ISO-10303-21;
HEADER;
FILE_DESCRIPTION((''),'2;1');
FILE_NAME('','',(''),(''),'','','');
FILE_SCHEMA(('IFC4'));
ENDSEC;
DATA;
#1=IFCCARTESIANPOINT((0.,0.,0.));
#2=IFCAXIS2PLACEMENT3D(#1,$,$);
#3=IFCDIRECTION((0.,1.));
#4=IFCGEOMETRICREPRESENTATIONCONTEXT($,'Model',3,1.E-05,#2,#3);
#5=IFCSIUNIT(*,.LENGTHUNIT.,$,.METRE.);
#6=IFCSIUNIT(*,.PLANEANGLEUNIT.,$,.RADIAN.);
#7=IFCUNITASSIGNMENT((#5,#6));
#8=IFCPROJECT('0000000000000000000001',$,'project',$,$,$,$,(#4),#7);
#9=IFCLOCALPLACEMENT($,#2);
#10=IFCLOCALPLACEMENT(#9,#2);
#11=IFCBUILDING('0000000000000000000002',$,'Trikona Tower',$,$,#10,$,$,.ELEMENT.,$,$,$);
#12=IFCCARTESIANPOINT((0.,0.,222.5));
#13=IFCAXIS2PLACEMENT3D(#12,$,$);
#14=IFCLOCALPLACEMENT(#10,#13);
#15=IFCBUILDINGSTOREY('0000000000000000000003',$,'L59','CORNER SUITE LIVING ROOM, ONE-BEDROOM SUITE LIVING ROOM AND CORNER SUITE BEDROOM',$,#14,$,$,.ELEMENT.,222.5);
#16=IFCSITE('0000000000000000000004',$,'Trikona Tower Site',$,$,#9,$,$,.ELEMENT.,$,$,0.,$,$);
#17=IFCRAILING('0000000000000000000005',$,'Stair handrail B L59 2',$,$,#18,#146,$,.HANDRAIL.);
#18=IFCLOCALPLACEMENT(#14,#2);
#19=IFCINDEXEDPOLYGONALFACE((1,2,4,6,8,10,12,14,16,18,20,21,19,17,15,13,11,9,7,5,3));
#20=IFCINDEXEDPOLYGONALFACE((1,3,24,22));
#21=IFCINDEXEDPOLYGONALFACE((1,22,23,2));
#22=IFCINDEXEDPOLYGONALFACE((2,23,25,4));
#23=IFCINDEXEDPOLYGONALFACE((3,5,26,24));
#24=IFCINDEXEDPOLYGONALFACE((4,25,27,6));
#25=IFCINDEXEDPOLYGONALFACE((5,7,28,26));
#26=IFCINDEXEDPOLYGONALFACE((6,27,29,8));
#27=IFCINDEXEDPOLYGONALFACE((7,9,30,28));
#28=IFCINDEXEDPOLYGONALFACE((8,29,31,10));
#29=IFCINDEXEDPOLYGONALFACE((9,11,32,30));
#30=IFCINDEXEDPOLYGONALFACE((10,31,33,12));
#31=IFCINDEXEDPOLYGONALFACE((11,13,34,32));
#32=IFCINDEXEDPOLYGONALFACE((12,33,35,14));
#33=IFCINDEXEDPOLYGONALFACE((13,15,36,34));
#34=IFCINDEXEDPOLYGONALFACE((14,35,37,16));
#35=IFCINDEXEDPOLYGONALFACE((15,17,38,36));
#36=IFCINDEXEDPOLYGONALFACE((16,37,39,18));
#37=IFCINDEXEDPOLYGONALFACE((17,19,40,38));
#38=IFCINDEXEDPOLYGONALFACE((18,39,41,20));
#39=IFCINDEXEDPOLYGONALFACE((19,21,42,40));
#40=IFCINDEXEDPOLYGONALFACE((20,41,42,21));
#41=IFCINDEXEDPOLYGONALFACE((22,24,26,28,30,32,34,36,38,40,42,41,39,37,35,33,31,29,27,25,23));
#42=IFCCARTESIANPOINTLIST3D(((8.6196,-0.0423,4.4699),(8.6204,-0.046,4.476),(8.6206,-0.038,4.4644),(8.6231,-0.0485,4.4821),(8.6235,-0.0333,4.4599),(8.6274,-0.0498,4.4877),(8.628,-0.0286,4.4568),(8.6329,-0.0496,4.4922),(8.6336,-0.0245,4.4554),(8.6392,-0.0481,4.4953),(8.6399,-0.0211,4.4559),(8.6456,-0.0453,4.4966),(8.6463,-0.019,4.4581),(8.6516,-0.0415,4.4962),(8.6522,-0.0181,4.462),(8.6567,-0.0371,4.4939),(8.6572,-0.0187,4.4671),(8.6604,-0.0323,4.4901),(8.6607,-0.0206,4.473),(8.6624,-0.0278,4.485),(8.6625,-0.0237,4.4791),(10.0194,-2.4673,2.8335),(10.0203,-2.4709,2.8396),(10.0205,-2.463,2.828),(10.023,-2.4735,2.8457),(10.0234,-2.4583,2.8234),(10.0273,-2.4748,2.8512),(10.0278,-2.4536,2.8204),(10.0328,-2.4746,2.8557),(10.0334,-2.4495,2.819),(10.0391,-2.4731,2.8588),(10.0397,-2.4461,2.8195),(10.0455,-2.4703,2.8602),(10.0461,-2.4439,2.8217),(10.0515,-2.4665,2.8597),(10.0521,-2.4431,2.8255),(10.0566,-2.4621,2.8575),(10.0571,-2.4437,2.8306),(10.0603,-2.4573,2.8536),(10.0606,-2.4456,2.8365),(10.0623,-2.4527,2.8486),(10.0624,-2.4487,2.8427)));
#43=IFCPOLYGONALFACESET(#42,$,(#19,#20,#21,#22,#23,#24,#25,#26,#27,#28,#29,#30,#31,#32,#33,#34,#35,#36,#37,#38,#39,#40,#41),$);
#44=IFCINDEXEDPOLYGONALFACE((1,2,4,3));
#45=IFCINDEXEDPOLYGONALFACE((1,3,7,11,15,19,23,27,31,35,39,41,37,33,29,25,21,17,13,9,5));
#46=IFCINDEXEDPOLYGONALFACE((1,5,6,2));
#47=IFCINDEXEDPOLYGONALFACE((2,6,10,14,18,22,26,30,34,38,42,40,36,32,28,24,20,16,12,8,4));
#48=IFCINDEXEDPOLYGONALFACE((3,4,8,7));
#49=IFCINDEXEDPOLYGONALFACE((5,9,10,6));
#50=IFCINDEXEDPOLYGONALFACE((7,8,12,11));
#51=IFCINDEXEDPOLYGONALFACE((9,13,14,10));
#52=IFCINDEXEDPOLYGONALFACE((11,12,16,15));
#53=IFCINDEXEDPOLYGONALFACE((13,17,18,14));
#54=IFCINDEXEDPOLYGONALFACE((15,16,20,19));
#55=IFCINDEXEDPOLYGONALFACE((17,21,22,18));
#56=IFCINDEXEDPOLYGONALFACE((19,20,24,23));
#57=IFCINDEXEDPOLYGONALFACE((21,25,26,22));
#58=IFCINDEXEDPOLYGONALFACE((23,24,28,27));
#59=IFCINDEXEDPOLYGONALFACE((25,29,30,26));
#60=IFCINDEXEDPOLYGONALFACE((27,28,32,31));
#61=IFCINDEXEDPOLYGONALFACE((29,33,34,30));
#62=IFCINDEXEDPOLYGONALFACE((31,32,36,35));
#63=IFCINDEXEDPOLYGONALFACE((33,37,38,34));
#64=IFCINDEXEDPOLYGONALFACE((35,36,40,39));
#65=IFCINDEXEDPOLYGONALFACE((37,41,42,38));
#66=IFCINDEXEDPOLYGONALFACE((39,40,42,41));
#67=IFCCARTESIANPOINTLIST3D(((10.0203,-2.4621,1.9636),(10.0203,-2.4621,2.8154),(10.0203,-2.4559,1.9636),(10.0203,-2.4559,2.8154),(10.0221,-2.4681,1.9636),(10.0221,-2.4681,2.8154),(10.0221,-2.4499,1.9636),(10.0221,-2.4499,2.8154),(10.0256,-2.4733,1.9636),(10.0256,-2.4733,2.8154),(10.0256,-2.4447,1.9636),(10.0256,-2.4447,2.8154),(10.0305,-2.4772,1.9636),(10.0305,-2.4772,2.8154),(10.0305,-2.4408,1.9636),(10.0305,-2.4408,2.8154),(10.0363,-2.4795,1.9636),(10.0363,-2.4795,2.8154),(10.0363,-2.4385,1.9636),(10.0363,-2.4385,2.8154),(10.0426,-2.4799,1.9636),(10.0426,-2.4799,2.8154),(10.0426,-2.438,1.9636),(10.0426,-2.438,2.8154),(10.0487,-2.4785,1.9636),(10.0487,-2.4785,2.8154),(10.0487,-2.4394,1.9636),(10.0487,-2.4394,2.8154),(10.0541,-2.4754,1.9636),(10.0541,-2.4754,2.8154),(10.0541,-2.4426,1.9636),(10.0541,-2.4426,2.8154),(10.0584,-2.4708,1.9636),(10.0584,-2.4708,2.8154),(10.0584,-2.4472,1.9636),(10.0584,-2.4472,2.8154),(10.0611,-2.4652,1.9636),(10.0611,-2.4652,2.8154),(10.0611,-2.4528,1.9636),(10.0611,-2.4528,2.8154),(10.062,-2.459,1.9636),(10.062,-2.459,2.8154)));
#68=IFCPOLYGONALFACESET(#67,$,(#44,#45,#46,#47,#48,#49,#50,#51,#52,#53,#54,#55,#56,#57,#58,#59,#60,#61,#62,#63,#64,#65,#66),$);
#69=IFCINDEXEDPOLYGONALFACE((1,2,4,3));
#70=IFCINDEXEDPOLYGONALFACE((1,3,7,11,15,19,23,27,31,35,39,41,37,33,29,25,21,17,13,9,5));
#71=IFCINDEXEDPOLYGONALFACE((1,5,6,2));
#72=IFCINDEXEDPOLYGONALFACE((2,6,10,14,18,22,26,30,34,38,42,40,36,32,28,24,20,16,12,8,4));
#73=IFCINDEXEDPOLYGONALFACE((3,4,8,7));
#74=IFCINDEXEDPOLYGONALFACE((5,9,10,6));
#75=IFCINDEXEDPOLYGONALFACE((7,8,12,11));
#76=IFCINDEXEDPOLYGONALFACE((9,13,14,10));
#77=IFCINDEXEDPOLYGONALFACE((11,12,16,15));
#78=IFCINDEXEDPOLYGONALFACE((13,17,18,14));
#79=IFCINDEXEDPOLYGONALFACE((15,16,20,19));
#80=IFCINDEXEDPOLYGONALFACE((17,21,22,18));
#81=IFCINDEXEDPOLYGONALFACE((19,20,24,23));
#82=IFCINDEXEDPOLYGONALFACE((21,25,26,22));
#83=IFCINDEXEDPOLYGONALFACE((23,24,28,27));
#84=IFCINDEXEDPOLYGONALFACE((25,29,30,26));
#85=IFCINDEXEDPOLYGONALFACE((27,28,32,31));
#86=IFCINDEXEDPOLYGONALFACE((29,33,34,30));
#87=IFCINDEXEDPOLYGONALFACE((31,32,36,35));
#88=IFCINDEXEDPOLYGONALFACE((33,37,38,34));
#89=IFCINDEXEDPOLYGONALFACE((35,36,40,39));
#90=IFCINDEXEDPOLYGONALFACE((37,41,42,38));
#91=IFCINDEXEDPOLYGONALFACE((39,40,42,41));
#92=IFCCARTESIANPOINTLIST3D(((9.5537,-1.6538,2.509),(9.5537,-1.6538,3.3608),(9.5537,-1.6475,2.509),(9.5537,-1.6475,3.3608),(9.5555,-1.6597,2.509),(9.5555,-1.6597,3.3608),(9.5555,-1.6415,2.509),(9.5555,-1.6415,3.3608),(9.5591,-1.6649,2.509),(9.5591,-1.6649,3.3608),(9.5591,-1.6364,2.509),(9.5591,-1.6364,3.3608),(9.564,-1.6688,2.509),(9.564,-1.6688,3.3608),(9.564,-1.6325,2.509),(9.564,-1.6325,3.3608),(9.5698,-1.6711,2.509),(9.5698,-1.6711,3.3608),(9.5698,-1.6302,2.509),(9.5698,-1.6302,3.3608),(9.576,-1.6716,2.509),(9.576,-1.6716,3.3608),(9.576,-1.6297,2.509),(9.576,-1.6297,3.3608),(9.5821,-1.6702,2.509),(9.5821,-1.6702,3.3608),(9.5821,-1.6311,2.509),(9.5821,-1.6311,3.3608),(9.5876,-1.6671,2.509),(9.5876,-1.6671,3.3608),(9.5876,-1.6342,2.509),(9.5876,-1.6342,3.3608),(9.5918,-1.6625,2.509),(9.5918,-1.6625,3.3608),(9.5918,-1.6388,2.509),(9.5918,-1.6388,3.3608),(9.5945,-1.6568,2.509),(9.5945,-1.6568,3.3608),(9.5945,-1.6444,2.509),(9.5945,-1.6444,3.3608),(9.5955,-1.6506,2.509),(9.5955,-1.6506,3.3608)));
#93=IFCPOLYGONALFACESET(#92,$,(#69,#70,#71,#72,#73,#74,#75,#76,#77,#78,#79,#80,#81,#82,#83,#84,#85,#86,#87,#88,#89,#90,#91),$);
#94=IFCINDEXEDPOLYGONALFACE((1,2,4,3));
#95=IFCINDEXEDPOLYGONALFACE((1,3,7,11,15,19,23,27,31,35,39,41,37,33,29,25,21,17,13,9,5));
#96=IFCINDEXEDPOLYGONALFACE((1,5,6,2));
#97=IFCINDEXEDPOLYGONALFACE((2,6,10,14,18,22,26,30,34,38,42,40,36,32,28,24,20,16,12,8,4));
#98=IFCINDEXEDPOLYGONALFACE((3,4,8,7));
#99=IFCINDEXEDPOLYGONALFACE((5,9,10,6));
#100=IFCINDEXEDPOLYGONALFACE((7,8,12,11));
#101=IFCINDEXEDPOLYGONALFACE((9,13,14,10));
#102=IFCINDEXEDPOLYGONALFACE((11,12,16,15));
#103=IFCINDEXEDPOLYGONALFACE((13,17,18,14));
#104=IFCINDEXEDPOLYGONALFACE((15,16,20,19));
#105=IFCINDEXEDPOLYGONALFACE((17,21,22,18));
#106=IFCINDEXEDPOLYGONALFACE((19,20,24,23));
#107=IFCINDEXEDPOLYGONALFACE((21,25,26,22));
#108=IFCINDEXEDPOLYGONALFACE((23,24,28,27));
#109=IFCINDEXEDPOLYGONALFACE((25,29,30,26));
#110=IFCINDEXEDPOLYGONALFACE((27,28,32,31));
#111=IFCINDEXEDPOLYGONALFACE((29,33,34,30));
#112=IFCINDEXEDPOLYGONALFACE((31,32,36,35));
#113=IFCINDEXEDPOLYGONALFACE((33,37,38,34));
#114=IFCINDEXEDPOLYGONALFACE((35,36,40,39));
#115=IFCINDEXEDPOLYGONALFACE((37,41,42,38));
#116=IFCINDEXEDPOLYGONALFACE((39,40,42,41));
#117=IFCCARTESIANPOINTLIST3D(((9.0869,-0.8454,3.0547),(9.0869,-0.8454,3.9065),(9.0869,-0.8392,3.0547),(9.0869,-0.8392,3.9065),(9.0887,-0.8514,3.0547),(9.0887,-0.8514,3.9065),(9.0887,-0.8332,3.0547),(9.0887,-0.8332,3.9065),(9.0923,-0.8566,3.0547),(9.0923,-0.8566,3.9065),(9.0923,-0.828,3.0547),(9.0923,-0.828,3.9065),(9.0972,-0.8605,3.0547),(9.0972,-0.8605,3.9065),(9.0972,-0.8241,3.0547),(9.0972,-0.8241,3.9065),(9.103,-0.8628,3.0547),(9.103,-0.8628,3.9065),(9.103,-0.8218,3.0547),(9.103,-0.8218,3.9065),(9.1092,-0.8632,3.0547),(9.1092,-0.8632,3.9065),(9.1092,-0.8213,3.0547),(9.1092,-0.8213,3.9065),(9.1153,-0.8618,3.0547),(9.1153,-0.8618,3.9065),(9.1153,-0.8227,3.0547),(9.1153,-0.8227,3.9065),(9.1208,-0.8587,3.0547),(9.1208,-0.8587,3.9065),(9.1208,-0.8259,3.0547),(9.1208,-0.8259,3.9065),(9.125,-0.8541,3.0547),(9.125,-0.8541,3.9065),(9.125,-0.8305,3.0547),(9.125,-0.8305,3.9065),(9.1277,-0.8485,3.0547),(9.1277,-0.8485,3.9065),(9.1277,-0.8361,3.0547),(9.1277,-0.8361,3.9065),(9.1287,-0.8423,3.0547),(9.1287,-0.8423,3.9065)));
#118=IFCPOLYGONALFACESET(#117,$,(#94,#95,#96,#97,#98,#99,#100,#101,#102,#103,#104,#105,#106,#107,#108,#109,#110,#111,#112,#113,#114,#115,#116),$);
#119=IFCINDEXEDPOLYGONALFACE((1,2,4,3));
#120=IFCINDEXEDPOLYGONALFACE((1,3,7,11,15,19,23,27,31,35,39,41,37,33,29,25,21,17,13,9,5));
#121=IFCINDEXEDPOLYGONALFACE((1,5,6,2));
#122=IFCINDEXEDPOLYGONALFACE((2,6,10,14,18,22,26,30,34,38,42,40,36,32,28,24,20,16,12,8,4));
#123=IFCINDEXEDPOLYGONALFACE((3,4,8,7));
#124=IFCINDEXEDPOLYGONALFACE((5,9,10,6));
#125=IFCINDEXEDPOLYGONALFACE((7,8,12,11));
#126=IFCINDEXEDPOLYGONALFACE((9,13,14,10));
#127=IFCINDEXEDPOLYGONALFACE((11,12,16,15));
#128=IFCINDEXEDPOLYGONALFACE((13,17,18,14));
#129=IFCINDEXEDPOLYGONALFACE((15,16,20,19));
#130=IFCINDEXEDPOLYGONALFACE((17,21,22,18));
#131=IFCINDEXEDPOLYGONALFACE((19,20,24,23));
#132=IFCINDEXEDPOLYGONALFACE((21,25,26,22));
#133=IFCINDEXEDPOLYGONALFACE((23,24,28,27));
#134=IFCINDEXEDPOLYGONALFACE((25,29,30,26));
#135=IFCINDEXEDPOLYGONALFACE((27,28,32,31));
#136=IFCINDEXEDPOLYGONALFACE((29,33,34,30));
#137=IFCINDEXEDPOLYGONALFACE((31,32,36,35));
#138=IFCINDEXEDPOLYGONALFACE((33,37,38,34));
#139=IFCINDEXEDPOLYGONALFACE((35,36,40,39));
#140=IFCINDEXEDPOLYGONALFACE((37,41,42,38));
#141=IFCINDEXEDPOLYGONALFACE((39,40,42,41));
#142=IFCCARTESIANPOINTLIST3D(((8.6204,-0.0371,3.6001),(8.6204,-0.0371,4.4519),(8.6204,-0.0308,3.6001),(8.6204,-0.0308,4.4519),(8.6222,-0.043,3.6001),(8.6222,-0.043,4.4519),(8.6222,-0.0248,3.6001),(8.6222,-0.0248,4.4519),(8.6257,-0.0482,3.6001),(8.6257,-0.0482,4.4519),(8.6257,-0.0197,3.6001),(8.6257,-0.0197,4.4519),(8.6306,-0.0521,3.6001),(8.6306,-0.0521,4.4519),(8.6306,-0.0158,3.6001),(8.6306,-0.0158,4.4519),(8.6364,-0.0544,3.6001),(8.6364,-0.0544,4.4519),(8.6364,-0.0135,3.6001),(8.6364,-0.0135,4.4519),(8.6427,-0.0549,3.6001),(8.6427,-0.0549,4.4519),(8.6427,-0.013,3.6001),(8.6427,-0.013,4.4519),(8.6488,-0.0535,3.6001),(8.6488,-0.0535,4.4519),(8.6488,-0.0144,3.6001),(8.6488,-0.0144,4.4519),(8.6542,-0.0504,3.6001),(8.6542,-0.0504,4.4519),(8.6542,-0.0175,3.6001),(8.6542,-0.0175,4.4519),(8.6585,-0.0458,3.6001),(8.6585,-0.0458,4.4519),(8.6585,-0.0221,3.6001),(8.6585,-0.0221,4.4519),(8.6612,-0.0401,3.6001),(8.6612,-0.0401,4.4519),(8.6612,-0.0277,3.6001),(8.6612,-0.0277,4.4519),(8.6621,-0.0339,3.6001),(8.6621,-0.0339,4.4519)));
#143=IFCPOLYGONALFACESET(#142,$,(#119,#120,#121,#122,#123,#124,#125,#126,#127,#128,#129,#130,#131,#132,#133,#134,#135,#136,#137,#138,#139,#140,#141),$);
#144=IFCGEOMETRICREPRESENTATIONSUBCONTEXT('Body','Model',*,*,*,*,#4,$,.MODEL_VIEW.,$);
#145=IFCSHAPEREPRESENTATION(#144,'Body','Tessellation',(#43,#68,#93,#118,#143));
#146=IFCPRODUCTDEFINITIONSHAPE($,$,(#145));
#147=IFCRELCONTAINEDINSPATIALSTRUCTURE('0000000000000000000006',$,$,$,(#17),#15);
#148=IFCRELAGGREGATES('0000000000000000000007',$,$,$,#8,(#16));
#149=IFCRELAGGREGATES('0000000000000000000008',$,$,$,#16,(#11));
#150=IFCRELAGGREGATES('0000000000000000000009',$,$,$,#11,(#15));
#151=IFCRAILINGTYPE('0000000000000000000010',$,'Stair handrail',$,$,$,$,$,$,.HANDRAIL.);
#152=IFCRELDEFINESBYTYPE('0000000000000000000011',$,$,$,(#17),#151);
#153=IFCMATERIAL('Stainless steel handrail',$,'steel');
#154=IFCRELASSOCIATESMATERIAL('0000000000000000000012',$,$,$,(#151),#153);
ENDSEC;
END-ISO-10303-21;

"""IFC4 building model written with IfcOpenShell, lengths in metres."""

from ifc_helpers import new_model, si_unit, direction, frame, origin, origin_2d, place, context, subcontext, project, spatial, circle, extrude, material, type_object, element, save


model = new_model("IFC4")

# Units and contexts
model_context = context("Model", 3, precision=1e-05, world=origin(), true_north=direction((0.0, 1.0)))
body_context = subcontext(model_context, "Body", "Model", "MODEL_VIEW")
ifc_project = project(units=[si_unit("LENGTHUNIT", "METRE"), si_unit("PLANEANGLEUNIT", "RADIAN")], contexts=[model_context])

# Site, building, storey
site_placement = place(None, origin())
site = spatial("IfcSite", under=ifc_project, at=site_placement, Name="Trikona Tower Site", CompositionType="ELEMENT", RefElevation=0.0)
building_placement = place(site_placement, origin())
building = spatial("IfcBuilding", under=site, at=building_placement, Name="Trikona Tower", CompositionType="ELEMENT")
storey_placement = place(building_placement, frame((0.0, 0.0, 222.5)))
storey = spatial("IfcBuildingStorey", under=building, at=storey_placement, Name="L59", Description="CORNER SUITE LIVING ROOM, ONE-BEDROOM SUITE LIVING ROOM AND CORNER SUITE BEDROOM", CompositionType="ELEMENT", Elevation=222.5)

# Railing
ifc_material_1 = material(Name="Stainless steel handrail", Category="steel")
railing_type = type_object("IfcRailingType", Name="Stair handrail", PredefinedType="HANDRAIL", material=ifc_material_1)
railing_placement = place(storey_placement, frame((10.041, -2.459, 1.9636)))
element("IfcRailing", 1, at=railing_placement, inside=storey, type_object=railing_type, Name="Stair handrail B L59 2", PredefinedType="HANDRAIL", context=body_context, shape_type="SweptSolid", body=[
    extrude(circle(Radius=0.0239, at=origin_2d()), frame((0.0, 0.0, 0.876), z_axis=(-0.431636, 0.747723, 0.504579), x_axis=(-0.866056, -0.499946, 0.0)), (0.0, 0.0, 1.0), 3.2432),
    extrude(circle(Radius=0.021, at=origin_2d()), origin(), (0.0, 0.0, 1.0), 0.8518),
    extrude(circle(Radius=0.021, at=origin_2d()), frame((-0.4666, 0.8083, 0.5454)), (0.0, 0.0, 1.0), 0.8518),
    extrude(circle(Radius=0.021, at=origin_2d()), frame((-0.9333, 1.6167, 1.0911)), (0.0, 0.0, 1.0), 0.8518),
    extrude(circle(Radius=0.021, at=origin_2d()), frame((-1.3999, 2.425, 1.6365)), (0.0, 0.0, 1.0), 0.8518),
])

save(model, "model.ifc")
